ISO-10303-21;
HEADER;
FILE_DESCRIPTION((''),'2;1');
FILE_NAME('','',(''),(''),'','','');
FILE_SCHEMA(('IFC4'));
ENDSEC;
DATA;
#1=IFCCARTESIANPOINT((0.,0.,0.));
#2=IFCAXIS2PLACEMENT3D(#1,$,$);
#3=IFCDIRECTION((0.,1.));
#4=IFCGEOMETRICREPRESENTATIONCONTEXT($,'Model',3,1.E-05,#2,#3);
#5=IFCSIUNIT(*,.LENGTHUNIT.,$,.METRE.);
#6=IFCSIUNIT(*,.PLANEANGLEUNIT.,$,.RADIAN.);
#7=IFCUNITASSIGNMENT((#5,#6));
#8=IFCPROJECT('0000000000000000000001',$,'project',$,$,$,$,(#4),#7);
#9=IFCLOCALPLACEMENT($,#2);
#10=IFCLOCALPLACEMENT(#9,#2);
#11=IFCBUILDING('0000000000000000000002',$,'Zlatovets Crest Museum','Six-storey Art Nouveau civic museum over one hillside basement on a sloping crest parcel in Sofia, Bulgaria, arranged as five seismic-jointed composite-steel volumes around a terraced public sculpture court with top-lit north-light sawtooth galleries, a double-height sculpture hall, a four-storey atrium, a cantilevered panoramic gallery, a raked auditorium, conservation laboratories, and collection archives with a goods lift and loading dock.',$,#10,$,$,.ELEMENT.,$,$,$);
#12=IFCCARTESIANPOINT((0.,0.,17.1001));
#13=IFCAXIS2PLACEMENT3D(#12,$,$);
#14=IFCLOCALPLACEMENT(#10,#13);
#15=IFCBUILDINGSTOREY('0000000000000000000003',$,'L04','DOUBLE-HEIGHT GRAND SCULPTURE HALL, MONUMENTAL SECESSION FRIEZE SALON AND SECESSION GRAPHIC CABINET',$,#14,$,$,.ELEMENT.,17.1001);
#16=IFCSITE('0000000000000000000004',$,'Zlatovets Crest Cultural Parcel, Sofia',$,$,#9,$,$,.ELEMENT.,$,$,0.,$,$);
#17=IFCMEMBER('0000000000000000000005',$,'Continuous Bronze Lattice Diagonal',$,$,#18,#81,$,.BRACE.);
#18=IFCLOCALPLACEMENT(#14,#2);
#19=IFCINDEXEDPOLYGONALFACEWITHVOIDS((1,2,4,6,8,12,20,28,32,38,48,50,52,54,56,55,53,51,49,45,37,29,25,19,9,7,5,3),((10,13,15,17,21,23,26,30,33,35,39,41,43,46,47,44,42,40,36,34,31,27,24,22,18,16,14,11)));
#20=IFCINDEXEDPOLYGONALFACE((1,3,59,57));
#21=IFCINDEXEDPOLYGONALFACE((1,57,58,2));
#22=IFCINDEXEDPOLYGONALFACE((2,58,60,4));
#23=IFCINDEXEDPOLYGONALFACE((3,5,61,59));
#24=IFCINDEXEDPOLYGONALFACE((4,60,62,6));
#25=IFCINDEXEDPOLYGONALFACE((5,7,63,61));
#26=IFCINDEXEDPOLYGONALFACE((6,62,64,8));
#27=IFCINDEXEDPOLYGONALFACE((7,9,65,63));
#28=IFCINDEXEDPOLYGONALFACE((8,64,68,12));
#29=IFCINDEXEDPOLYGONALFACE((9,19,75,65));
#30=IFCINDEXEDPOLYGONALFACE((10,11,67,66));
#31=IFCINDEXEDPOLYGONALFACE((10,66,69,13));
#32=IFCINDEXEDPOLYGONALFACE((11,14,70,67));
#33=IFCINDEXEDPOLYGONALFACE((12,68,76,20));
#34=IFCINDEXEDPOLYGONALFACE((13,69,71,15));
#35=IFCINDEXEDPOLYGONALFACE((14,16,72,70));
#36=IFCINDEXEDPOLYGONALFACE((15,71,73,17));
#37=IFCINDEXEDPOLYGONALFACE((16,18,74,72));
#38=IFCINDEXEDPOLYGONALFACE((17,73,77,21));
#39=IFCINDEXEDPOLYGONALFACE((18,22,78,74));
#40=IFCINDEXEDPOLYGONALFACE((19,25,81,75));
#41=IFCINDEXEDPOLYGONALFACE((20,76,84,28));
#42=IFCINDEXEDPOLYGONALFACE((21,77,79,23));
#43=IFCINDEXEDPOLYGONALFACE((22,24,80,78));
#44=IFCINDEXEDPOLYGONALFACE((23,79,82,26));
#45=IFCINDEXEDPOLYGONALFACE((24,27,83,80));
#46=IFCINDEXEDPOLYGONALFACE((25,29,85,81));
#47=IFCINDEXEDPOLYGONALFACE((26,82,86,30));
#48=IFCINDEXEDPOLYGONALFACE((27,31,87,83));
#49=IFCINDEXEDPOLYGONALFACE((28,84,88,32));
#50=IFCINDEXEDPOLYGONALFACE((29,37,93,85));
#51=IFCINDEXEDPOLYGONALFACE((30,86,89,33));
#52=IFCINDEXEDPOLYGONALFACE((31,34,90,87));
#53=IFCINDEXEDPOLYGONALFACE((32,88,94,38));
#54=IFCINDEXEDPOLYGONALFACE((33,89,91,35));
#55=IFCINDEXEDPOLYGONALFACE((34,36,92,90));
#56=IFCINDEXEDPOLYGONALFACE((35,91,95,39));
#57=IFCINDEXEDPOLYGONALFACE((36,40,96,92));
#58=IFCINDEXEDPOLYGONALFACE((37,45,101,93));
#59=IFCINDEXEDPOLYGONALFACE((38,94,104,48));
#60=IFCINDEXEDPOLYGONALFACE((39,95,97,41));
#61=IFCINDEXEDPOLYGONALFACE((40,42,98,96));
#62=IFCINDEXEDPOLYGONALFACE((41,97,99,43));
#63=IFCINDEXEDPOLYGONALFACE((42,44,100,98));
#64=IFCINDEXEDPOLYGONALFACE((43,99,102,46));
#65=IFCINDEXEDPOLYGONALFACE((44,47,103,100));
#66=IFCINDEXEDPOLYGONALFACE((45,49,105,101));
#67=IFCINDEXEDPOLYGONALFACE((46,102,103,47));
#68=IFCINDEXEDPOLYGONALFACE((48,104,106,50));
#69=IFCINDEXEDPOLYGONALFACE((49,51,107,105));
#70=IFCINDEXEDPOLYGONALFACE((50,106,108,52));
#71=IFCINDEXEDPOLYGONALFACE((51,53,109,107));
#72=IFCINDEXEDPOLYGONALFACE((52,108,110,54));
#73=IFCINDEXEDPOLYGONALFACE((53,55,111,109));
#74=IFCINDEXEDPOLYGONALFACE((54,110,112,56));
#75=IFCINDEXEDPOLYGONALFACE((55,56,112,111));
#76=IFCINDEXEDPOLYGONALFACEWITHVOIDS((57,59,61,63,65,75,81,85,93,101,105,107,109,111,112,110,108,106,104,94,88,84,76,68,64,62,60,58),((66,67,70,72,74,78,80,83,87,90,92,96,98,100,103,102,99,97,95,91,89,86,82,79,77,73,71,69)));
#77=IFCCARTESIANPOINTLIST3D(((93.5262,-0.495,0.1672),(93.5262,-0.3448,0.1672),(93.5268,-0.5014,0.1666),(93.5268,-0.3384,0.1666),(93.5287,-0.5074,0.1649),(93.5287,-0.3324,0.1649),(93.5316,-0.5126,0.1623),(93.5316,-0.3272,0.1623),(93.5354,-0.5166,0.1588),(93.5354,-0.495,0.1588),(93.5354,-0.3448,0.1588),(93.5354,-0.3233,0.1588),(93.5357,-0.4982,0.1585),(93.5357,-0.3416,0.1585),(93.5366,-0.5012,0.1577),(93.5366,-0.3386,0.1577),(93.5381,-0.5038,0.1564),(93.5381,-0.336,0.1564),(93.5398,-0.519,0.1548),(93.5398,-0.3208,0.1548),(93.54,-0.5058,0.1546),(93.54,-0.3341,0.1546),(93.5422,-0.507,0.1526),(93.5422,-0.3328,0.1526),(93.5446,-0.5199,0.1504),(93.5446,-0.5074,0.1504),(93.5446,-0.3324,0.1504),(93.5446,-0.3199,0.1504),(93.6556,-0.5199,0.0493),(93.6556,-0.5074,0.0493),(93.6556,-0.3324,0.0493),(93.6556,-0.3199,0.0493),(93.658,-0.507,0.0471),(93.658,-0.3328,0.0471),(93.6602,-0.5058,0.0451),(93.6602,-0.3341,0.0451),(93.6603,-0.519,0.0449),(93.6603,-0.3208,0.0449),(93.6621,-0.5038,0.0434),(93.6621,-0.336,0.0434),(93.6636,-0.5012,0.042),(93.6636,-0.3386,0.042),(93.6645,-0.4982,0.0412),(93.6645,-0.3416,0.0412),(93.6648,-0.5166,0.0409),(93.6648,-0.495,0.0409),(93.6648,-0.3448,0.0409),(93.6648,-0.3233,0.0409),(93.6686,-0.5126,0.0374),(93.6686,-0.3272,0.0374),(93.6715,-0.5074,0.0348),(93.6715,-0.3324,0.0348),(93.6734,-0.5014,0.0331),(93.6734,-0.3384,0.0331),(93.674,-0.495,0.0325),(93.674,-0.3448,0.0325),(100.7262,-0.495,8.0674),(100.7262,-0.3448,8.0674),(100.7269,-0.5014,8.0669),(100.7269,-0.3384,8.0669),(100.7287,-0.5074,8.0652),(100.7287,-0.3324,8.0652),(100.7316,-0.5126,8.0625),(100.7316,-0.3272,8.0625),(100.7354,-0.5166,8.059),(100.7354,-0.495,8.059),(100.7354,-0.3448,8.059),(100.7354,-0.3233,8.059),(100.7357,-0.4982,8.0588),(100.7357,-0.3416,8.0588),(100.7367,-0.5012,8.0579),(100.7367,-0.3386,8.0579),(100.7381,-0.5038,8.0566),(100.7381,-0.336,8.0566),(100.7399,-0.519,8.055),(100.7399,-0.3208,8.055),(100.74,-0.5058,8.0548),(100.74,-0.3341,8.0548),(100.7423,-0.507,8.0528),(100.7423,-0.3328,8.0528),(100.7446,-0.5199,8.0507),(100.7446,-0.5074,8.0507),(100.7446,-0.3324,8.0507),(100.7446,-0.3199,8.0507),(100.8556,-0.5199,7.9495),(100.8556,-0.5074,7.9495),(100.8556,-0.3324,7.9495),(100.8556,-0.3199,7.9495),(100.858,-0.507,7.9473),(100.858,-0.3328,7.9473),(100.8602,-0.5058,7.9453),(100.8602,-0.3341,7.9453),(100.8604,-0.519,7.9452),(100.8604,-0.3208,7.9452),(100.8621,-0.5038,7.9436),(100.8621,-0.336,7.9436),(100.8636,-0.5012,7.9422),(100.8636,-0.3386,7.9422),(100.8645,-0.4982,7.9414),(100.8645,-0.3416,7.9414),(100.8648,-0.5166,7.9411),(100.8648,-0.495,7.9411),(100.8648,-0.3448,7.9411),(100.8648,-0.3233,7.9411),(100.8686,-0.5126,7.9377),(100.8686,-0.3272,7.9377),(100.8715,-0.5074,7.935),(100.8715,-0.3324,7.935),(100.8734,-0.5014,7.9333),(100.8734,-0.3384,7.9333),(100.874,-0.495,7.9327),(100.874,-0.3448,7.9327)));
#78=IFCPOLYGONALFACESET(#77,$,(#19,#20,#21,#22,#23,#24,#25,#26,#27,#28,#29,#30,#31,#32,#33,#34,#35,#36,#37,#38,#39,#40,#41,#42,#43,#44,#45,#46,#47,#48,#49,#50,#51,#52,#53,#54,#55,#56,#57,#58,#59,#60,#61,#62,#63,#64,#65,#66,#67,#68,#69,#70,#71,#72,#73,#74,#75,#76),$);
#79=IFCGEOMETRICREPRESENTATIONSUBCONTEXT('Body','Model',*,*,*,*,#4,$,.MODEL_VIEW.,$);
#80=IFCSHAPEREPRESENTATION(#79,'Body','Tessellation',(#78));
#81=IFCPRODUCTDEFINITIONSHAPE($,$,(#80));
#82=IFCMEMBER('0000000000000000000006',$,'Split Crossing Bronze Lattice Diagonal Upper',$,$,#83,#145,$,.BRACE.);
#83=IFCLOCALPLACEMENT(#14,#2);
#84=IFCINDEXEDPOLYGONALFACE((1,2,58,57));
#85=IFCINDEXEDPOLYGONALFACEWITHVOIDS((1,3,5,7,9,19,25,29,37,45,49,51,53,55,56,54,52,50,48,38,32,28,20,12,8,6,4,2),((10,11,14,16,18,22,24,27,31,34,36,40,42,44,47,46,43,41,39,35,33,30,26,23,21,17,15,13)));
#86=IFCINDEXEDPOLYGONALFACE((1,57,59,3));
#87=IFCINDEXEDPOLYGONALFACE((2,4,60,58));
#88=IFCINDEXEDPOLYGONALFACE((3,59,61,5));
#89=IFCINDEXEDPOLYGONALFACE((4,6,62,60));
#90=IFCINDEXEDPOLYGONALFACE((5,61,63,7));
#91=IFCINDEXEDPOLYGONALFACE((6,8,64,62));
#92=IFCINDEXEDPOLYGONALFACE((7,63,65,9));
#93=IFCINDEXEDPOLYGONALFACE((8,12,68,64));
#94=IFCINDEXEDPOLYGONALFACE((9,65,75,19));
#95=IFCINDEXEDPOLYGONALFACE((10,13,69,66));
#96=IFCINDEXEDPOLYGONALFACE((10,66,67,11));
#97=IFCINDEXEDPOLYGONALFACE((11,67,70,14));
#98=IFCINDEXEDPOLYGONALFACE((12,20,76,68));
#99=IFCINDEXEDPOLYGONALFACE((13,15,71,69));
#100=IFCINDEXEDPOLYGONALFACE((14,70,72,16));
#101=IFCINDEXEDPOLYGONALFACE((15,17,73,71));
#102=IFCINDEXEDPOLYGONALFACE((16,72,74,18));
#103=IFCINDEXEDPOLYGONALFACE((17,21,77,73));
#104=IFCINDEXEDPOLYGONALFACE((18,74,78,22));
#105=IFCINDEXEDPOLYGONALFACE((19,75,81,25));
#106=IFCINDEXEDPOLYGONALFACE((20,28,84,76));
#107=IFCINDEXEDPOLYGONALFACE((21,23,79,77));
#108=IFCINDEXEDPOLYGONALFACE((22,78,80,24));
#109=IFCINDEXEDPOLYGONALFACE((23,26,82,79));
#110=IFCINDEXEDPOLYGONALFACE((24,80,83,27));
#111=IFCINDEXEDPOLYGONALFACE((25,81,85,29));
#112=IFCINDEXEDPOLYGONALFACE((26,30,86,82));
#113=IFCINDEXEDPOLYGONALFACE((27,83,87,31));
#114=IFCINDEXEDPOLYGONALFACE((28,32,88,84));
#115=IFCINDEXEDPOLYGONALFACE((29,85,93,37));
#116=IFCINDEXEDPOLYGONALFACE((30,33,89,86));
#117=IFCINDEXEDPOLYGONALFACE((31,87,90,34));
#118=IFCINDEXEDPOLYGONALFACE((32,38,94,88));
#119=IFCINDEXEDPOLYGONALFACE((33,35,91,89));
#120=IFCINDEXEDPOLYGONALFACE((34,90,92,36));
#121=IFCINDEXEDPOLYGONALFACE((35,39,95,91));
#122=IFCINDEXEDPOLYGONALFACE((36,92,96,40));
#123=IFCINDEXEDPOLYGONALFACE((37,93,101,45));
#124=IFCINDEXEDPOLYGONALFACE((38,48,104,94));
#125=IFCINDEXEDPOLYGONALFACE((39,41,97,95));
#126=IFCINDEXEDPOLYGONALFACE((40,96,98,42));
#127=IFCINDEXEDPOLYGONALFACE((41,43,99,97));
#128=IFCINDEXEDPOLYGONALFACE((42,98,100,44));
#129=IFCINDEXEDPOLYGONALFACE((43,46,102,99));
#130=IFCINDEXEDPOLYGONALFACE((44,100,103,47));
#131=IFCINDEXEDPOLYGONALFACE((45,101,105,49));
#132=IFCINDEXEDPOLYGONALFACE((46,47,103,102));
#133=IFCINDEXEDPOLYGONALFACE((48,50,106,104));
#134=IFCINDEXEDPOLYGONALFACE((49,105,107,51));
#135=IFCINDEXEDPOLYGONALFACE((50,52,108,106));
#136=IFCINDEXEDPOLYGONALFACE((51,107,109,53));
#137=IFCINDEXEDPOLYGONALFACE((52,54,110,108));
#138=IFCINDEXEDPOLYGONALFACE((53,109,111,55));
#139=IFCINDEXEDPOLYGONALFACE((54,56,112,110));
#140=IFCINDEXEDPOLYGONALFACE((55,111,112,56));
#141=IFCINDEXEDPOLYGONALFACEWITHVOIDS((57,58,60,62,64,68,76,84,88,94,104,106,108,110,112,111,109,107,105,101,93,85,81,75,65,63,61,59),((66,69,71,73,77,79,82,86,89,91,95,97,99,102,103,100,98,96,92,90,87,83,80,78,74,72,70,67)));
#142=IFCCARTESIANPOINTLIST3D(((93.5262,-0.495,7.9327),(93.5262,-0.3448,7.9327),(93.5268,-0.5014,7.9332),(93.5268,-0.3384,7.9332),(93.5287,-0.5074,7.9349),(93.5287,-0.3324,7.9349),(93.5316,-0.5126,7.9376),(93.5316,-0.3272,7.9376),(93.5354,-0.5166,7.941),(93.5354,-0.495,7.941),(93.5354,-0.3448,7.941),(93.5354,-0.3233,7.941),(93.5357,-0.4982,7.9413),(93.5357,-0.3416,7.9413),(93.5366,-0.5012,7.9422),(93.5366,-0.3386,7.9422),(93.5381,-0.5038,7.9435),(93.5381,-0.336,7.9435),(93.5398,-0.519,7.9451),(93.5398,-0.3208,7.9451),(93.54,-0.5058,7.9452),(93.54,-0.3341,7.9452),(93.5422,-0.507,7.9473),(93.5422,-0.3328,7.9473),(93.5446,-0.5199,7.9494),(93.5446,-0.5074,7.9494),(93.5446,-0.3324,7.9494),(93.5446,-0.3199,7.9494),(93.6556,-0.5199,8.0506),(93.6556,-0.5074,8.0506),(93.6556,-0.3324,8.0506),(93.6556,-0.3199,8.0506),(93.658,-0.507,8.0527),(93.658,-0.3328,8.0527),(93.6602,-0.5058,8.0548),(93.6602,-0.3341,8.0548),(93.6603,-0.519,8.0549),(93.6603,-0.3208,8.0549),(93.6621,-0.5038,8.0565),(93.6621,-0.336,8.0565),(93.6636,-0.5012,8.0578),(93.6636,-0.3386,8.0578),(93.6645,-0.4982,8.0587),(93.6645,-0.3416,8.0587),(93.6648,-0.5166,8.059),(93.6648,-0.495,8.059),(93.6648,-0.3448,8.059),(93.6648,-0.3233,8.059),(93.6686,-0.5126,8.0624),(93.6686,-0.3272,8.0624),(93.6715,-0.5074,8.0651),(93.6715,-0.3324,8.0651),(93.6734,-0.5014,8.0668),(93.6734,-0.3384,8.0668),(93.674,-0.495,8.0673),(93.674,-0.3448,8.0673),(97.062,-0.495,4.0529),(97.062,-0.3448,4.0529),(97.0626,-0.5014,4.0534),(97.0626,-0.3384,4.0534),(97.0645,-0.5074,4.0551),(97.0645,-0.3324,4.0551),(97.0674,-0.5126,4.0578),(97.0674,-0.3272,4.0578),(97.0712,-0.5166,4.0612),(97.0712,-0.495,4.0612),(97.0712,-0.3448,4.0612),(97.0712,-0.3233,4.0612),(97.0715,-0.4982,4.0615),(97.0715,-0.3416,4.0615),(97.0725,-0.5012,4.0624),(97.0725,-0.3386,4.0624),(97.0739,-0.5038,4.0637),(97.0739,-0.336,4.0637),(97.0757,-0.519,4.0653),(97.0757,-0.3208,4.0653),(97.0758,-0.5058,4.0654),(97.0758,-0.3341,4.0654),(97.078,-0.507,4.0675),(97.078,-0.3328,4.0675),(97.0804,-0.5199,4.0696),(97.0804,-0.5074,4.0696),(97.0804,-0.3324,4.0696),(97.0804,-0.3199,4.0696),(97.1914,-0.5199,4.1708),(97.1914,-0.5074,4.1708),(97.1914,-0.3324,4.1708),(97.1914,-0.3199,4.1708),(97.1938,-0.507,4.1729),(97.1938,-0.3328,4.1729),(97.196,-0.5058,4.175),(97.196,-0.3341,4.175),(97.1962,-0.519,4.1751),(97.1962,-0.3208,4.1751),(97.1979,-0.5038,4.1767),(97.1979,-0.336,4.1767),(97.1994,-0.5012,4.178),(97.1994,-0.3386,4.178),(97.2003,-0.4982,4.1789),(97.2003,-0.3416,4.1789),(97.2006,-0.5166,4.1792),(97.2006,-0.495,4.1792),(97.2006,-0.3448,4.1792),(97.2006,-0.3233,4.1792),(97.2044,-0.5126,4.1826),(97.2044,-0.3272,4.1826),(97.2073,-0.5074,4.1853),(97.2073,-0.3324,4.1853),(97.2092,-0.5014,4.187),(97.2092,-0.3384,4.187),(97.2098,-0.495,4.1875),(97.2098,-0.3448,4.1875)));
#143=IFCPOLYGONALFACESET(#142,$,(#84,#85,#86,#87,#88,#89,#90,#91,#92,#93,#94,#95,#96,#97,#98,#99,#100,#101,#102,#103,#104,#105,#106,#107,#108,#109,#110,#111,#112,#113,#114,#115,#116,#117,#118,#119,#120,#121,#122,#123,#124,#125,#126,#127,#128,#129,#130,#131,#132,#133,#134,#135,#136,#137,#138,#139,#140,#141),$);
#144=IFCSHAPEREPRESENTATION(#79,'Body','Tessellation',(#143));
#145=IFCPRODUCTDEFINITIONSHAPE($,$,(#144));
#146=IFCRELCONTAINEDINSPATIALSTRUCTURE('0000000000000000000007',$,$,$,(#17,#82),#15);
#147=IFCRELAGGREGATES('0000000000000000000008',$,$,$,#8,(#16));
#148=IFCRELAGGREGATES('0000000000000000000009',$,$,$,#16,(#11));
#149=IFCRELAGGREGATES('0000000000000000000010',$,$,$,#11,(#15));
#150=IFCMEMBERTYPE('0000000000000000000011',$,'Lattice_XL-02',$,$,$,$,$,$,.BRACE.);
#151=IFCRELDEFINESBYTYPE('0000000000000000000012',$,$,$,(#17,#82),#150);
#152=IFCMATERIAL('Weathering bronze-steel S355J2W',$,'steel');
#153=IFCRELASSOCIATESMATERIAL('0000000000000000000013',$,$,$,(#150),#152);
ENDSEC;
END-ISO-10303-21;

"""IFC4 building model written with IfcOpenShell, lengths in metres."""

from ifc_helpers import new_model, si_unit, direction, frame, origin, origin_2d, place, context, subcontext, project, spatial, hollow_rectangle, extrude, material, material_profile, profile_set, type_object, element, save


model = new_model("IFC4")

# Units and contexts
model_context = context("Model", 3, precision=1e-05, world=origin(), true_north=direction((0.0, 1.0)))
body_context = subcontext(model_context, "Body", "Model", "MODEL_VIEW")
ifc_project = project(units=[si_unit("LENGTHUNIT", "METRE"), si_unit("PLANEANGLEUNIT", "RADIAN")], contexts=[model_context])

# Site, building, storey
site_placement = place(None, origin())
site = spatial("IfcSite", under=ifc_project, at=site_placement, Name="Zlatovets Crest Cultural Parcel, Sofia", CompositionType="ELEMENT", RefElevation=0.0)
building_placement = place(site_placement, origin())
building = spatial("IfcBuilding", under=site, at=building_placement, Name="Zlatovets Crest Museum", Description="Six-storey Art Nouveau civic museum over one hillside basement on a sloping crest parcel in Sofia, Bulgaria, arranged as five seismic-jointed composite-steel volumes around a terraced public sculpture court with top-lit north-light sawtooth galleries, a double-height sculpture hall, a four-storey atrium, a cantilevered panoramic gallery, a raked auditorium, conservation laboratories, and collection archives with a goods lift and loading dock.", CompositionType="ELEMENT")
storey_placement = place(building_placement, frame((0.0, 0.0, 17.1001)))
storey = spatial("IfcBuildingStorey", under=building, at=storey_placement, Name="L04", Description="DOUBLE-HEIGHT GRAND SCULPTURE HALL, MONUMENTAL SECESSION FRIEZE SALON AND SECESSION GRAPHIC CABINET", CompositionType="ELEMENT", Elevation=17.1001)

# Members
ifc_material_1 = material(Name="Weathering bronze-steel S355J2W", Category="steel")
ifc_material_profile_1 = material_profile(ifc_material_1, hollow_rectangle(XDim=0.2, YDim=0.2, WallThickness=0.0125, InnerFilletRadius=0.0125, OuterFilletRadius=0.0249, at=origin_2d()), Name="SHS 200x200x12.5")
ifc_profile_set_1 = profile_set([ifc_material_profile_1], Name="Weathering bronze-steel S355J2W")
member_type_1 = type_object("IfcMemberType", Name="Lattice_XL-02", PredefinedType="BRACE", material=ifc_profile_set_1)
member_1_placement = place(storey_placement, frame((93.6001, -0.4199, 0.0999), z_axis=(0.673594, 0.0, 0.739101), x_axis=(0.0, 1.0, 0.0)))
element("IfcMember", 1, at=member_1_placement, inside=storey, type_object=member_type_1, Name="Continuous Bronze Lattice Diagonal", PredefinedType="BRACE", context=body_context, shape_type="SweptSolid", body=[
    extrude(hollow_rectangle(XDim=0.2, YDim=0.2, WallThickness=0.0125, InnerFilletRadius=0.0125, OuterFilletRadius=0.0249, at=origin_2d()), origin(), (0.0, 0.0, 1.0), 10.689),
])
member_2_placement = place(storey_placement, frame((93.6001, -0.4199, 8.0), z_axis=(0.673582, 0.0, -0.739112), x_axis=(0.0, 1.0, 0.0)))
element("IfcMember", 2, at=member_2_placement, inside=storey, type_object=member_type_1, Name="Split Crossing Bronze Lattice Diagonal Upper", PredefinedType="BRACE", context=body_context, shape_type="SweptSolid", body=[
    extrude(hollow_rectangle(XDim=0.2, YDim=0.2, WallThickness=0.0125, InnerFilletRadius=0.0125, OuterFilletRadius=0.0249, at=origin_2d()), origin(), (0.0, 0.0, 1.0), 5.2493),
])

save(model, "model.ifc")
